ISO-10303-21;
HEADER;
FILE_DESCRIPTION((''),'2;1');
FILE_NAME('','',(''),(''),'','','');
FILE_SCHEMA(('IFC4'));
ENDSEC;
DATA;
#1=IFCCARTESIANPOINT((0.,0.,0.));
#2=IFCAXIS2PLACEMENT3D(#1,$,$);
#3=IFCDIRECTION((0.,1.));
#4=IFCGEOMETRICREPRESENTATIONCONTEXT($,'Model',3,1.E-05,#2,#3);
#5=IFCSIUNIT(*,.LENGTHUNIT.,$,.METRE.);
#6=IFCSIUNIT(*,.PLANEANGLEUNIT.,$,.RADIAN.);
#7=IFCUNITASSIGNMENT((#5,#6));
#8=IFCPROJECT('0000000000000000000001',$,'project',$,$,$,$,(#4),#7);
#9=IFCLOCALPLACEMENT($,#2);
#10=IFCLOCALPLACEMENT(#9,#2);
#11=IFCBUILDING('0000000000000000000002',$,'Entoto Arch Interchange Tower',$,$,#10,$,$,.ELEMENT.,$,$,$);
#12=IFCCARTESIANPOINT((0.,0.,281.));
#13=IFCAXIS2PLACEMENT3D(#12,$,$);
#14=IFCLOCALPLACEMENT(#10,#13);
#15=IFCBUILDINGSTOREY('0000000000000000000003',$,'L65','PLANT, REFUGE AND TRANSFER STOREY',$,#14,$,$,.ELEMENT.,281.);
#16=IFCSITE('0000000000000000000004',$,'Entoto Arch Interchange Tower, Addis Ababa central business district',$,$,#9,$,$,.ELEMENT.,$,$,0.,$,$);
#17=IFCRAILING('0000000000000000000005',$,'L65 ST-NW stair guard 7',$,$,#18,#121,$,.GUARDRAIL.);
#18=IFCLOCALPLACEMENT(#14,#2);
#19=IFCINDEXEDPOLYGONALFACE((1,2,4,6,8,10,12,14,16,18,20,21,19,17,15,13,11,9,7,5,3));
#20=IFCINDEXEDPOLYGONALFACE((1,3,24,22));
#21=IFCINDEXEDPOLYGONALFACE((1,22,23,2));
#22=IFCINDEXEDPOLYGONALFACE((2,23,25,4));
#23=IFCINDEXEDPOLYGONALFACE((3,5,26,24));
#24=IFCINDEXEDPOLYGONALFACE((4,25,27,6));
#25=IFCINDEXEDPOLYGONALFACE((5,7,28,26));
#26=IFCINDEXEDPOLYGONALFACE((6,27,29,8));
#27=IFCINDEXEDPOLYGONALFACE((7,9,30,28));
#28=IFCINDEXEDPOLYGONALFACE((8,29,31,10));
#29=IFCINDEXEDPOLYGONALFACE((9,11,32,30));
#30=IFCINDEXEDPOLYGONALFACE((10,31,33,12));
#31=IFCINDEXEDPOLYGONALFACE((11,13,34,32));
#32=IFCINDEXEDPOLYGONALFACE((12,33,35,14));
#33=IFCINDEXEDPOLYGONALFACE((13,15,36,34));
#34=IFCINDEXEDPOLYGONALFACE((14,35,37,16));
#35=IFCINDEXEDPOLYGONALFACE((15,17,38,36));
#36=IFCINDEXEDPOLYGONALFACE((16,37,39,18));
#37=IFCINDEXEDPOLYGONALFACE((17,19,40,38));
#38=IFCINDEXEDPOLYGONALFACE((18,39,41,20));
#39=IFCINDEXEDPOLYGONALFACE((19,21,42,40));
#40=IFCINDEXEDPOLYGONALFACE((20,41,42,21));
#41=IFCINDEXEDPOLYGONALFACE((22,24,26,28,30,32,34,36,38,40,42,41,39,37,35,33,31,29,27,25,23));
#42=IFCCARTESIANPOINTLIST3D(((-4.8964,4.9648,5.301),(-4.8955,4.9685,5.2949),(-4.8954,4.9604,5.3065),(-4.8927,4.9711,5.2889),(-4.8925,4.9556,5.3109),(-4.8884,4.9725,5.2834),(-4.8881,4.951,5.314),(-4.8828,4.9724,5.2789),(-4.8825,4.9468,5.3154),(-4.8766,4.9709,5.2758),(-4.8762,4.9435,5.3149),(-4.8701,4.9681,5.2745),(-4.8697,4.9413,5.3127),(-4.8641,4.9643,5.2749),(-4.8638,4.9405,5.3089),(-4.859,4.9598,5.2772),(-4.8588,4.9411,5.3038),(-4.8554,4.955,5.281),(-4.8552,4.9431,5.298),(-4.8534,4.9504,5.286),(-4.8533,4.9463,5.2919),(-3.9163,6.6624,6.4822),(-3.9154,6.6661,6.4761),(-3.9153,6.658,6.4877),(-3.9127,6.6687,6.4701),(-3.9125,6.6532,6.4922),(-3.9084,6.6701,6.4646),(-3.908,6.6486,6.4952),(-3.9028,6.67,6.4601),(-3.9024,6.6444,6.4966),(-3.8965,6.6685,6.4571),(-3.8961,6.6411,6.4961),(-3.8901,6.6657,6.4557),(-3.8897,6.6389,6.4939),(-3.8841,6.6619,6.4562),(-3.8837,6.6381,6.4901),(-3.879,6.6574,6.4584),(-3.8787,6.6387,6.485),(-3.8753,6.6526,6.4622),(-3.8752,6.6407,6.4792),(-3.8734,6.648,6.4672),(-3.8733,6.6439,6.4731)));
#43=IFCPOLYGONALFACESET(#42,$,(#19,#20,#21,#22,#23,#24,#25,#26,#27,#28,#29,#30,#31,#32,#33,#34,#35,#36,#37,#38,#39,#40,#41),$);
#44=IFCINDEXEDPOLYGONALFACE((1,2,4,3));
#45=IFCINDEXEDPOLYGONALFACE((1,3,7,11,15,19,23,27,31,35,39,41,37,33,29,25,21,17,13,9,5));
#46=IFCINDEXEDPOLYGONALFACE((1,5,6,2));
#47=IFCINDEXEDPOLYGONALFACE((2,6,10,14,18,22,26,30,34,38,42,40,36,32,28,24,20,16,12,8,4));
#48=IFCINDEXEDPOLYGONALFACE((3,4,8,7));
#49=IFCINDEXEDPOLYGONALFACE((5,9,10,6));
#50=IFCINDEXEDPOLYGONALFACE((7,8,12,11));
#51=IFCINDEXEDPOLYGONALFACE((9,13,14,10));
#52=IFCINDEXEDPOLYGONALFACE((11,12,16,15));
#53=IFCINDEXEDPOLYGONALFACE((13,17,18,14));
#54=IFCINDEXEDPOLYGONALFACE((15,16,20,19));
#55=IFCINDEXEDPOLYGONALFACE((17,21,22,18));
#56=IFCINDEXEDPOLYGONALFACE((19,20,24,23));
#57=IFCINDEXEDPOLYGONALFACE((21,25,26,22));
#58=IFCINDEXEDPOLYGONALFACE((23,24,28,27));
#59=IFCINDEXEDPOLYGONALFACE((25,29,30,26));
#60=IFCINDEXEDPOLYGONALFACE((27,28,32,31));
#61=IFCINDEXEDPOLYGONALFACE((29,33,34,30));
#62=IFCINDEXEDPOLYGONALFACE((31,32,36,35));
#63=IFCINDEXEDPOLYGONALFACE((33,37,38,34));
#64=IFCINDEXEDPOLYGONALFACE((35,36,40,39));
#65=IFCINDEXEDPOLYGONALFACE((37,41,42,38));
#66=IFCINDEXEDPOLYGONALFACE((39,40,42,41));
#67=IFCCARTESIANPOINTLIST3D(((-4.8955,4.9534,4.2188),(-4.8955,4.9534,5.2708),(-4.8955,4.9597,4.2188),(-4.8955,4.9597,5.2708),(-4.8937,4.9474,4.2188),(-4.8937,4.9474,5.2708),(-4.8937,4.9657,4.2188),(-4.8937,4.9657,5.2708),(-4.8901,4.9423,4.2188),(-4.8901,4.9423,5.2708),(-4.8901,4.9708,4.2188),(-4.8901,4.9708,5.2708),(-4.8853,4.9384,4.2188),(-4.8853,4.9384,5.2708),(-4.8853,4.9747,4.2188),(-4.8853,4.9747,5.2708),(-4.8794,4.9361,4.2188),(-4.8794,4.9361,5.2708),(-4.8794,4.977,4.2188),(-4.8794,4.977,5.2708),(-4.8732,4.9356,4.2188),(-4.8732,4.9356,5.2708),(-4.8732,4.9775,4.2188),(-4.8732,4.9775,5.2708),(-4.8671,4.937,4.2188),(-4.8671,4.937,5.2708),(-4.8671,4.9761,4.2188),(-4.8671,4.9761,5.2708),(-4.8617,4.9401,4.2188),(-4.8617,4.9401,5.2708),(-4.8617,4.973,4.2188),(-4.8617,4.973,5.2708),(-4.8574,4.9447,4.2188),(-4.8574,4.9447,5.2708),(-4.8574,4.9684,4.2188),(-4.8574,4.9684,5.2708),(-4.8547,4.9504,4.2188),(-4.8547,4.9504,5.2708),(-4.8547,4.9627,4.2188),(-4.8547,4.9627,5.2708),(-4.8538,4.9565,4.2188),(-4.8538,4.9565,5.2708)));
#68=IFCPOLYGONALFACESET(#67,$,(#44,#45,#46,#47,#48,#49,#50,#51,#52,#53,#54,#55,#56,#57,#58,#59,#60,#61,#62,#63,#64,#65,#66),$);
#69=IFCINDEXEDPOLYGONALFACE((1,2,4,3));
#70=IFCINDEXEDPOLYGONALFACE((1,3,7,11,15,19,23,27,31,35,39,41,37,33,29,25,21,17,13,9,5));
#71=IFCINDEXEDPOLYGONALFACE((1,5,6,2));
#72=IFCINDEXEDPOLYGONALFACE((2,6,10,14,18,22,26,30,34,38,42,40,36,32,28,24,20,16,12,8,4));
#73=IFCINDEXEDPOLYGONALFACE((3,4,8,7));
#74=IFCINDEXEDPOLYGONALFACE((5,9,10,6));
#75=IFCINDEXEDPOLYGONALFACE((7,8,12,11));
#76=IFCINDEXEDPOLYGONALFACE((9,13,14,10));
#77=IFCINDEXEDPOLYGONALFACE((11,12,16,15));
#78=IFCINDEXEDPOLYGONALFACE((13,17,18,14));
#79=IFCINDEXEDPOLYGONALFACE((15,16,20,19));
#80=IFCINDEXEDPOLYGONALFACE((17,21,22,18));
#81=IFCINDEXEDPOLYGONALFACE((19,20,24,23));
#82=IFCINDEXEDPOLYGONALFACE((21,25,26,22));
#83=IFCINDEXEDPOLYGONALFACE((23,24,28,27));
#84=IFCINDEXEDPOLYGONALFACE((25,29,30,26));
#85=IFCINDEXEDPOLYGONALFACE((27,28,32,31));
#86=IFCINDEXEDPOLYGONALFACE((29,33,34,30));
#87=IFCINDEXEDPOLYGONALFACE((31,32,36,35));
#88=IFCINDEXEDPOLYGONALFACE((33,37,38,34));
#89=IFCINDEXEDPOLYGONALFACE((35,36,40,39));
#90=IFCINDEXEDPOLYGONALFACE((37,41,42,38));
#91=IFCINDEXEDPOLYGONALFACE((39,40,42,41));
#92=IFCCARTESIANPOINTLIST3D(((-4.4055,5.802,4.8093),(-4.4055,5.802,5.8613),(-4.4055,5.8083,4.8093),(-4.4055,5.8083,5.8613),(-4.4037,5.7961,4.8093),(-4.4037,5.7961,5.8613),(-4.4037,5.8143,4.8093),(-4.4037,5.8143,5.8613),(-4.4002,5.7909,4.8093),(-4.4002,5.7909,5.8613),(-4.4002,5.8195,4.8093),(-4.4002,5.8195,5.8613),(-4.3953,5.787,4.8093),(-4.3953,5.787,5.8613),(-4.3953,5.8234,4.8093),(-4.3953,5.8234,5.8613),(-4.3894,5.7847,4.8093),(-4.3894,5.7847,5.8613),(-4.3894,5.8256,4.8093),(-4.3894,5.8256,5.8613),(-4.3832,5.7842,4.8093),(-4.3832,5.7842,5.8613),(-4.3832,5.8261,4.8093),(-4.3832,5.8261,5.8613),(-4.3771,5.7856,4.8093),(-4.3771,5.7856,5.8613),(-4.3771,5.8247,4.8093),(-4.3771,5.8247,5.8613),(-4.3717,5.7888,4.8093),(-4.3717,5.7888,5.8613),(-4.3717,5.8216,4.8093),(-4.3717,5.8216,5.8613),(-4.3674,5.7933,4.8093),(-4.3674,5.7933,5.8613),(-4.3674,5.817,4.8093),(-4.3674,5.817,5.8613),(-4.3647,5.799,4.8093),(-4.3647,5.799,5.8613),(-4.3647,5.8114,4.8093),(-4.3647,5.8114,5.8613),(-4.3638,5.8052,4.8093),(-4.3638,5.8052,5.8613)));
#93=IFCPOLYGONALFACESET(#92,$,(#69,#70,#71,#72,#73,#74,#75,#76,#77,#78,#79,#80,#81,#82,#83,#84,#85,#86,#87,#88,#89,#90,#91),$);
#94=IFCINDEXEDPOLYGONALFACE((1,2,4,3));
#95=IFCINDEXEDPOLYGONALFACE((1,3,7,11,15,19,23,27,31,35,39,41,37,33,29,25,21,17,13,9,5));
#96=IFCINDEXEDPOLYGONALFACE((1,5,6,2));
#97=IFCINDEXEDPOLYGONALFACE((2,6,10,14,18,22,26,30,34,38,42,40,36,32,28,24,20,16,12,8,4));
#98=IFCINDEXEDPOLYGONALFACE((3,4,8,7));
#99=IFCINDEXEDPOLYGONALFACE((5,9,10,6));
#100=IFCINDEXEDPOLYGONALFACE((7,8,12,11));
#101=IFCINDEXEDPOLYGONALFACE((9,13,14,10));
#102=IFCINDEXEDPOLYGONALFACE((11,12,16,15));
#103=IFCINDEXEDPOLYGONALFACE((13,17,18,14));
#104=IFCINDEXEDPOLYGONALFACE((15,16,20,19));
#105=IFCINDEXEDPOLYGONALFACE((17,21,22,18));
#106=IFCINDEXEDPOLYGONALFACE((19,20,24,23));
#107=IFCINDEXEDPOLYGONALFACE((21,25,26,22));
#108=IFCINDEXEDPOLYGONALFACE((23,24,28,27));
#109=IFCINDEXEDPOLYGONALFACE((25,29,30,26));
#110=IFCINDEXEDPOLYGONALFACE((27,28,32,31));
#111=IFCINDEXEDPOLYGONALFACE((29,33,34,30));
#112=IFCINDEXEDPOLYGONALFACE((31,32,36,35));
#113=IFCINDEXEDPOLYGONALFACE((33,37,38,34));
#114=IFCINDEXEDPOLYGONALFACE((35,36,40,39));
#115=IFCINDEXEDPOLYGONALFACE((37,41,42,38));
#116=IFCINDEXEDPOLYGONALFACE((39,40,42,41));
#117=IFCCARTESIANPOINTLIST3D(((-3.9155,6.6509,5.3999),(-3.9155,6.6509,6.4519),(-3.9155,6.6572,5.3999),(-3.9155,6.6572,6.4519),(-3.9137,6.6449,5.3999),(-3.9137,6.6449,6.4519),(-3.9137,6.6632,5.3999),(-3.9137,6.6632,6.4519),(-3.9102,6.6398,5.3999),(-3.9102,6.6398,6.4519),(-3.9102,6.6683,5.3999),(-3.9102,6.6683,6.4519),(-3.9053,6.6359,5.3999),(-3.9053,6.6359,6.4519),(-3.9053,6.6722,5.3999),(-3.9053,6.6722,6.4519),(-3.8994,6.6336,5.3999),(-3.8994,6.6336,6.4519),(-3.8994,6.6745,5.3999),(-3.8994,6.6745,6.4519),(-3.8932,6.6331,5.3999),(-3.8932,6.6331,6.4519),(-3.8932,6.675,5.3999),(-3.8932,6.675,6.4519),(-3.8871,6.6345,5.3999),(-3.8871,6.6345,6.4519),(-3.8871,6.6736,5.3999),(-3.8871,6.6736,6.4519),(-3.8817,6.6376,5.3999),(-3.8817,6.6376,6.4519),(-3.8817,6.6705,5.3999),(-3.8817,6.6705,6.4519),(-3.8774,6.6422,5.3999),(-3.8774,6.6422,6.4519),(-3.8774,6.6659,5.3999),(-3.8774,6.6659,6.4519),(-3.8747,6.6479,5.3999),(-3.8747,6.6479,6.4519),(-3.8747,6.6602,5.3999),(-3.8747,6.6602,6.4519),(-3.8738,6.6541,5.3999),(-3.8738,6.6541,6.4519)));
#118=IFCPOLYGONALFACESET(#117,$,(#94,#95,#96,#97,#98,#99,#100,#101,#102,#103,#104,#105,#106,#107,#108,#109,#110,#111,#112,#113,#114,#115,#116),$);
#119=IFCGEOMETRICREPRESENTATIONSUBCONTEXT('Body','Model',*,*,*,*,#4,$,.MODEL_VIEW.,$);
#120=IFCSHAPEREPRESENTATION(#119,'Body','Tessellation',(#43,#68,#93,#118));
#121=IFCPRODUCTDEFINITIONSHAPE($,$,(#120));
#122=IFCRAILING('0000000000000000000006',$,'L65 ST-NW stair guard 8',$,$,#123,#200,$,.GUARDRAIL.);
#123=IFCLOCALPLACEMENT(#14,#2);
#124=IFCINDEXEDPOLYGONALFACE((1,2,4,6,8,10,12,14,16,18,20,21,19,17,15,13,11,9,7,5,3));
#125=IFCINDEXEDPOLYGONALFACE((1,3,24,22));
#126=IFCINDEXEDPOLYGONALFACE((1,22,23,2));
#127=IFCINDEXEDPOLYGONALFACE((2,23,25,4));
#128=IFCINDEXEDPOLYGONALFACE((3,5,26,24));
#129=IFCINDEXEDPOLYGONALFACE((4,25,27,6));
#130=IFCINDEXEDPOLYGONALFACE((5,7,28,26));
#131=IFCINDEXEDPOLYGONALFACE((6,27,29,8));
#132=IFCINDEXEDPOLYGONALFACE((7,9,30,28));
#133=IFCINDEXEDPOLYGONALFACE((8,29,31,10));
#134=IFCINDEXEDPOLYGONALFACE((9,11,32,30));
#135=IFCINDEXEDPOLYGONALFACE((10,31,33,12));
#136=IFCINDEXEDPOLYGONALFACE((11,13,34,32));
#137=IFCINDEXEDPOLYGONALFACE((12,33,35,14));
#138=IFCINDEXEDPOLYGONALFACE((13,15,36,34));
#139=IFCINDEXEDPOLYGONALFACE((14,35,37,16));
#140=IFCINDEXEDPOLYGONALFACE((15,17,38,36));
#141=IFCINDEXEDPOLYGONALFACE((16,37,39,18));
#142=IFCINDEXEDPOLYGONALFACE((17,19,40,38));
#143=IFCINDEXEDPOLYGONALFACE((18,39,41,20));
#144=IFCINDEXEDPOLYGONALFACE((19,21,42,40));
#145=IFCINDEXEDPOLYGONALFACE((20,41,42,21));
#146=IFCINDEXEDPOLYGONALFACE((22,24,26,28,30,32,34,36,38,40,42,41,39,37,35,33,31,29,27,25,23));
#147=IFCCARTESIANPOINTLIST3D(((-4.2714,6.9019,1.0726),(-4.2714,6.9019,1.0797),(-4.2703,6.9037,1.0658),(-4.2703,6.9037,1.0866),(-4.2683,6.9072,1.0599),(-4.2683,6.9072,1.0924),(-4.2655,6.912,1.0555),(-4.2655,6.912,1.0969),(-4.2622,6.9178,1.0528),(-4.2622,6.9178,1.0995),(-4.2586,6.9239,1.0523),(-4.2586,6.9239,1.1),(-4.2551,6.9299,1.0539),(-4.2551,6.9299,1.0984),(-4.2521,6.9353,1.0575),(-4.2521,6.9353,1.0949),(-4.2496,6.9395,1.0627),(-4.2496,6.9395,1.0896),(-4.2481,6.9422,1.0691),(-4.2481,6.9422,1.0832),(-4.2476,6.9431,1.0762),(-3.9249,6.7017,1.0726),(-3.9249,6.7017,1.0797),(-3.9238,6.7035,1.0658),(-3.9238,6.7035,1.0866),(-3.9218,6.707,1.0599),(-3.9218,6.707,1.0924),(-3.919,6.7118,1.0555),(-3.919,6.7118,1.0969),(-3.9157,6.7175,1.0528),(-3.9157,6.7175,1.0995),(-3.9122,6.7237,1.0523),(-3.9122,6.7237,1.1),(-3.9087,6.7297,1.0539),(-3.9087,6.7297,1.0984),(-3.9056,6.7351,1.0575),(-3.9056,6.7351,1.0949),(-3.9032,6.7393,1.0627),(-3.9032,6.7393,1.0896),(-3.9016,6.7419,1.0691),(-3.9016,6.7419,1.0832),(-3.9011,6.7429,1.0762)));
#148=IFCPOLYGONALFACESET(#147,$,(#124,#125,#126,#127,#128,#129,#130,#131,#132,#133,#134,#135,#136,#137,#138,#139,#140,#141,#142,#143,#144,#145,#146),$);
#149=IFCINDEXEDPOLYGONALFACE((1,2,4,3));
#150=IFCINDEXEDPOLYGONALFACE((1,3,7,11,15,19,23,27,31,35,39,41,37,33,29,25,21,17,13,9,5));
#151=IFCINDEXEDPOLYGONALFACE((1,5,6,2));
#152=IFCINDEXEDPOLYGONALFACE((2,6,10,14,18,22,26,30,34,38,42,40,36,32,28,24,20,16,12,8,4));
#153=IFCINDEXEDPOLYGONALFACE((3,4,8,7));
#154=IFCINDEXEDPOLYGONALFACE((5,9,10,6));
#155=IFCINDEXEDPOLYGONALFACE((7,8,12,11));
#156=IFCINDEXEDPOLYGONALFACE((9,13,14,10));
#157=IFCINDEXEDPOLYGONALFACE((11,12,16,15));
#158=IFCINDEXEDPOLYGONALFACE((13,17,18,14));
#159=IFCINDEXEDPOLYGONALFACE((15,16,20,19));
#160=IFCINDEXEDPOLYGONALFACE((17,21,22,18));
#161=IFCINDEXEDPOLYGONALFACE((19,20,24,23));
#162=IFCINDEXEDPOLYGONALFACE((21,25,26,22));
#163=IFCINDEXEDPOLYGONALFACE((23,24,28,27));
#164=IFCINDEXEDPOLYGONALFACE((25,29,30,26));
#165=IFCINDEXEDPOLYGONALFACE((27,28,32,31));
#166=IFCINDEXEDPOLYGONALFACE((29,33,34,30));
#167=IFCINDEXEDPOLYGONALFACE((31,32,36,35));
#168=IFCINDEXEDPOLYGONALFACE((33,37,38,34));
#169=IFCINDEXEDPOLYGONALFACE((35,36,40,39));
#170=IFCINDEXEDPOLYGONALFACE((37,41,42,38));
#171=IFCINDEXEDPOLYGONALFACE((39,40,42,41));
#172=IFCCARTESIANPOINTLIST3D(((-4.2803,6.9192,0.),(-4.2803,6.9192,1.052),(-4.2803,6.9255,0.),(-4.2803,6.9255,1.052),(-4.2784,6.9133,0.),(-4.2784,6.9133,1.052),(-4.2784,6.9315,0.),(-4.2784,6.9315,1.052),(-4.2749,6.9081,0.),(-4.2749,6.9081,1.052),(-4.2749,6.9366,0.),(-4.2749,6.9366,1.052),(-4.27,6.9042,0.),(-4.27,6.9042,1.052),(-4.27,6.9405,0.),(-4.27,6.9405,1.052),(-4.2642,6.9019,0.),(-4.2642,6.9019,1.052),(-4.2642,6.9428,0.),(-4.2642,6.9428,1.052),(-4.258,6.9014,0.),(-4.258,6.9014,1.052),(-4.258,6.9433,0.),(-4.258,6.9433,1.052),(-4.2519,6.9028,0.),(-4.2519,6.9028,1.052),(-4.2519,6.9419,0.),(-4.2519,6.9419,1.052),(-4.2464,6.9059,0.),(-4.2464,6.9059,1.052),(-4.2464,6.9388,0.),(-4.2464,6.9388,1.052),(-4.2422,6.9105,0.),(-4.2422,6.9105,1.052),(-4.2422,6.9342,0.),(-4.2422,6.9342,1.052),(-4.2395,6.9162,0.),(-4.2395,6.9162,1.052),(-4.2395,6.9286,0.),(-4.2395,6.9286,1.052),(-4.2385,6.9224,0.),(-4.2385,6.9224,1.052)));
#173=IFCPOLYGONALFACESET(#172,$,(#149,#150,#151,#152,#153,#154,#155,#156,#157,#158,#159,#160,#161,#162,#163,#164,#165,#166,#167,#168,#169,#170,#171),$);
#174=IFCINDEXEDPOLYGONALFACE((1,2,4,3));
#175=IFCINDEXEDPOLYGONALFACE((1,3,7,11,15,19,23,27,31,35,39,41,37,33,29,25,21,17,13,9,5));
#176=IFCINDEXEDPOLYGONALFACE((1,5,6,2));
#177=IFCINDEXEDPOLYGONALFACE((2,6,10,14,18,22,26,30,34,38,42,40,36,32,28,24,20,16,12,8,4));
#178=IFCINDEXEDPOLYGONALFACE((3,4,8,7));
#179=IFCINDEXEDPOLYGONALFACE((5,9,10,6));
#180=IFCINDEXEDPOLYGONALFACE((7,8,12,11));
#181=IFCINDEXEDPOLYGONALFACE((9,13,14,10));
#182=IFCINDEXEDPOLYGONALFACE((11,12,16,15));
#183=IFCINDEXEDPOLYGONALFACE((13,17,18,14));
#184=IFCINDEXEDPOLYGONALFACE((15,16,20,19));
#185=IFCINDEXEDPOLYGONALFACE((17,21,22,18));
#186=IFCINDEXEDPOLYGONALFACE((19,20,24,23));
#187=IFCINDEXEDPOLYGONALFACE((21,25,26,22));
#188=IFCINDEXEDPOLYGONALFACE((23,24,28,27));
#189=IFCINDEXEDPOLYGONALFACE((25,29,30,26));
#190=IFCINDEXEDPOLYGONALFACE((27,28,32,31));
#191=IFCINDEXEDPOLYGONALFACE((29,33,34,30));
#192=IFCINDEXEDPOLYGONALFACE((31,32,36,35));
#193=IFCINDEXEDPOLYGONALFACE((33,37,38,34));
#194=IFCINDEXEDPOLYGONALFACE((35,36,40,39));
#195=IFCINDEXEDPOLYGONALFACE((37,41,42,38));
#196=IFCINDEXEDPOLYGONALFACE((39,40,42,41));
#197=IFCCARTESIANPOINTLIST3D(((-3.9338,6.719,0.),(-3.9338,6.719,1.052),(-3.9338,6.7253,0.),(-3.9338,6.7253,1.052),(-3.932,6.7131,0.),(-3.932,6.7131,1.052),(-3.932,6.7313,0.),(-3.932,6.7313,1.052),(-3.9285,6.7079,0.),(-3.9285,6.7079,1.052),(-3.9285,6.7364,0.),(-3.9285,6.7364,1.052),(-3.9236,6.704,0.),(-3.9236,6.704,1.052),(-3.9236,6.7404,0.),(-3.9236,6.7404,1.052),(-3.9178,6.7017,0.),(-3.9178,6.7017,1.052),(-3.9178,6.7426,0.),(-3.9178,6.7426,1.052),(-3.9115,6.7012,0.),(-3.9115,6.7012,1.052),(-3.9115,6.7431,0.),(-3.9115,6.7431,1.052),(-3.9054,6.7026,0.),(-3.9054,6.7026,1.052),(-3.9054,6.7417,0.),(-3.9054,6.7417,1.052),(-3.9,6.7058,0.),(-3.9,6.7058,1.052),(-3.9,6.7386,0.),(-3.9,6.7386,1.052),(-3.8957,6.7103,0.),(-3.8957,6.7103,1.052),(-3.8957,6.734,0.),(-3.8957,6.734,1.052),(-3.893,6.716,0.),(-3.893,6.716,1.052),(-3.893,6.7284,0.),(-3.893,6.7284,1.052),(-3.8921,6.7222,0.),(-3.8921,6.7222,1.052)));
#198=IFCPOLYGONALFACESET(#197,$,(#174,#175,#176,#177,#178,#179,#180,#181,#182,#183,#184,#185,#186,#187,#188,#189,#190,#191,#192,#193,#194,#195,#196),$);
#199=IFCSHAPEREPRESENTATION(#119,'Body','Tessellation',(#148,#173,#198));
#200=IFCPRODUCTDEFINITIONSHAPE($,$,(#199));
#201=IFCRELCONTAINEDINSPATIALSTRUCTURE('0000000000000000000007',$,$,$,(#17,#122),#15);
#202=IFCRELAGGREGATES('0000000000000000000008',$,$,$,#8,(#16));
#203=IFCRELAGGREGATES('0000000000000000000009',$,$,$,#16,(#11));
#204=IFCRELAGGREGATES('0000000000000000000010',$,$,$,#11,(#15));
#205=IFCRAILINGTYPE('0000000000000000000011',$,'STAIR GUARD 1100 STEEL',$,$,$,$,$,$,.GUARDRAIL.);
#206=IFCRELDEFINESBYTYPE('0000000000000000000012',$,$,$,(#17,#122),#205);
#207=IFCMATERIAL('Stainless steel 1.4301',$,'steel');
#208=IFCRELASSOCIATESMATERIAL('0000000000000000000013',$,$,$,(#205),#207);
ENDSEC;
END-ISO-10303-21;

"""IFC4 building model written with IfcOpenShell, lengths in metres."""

from ifc_helpers import new_model, si_unit, direction, frame, origin, origin_2d, place, context, subcontext, project, spatial, circle, extrude, material, type_object, element, save


model = new_model("IFC4")

# Units and contexts
model_context = context("Model", 3, precision=1e-05, world=origin(), true_north=direction((0.0, 1.0)))
body_context = subcontext(model_context, "Body", "Model", "MODEL_VIEW")
ifc_project = project(units=[si_unit("LENGTHUNIT", "METRE"), si_unit("PLANEANGLEUNIT", "RADIAN")], contexts=[model_context])

# Site, building, storey
site_placement = place(None, origin())
site = spatial("IfcSite", under=ifc_project, at=site_placement, Name="Entoto Arch Interchange Tower, Addis Ababa central business district", CompositionType="ELEMENT", RefElevation=0.0)
building_placement = place(site_placement, origin())
building = spatial("IfcBuilding", under=site, at=building_placement, Name="Entoto Arch Interchange Tower", CompositionType="ELEMENT")
storey_placement = place(building_placement, frame((0.0, 0.0, 281.0)))
storey = spatial("IfcBuildingStorey", under=building, at=storey_placement, Name="L65", Description="PLANT, REFUGE AND TRANSFER STOREY", CompositionType="ELEMENT", Elevation=281.0)

# Railings
ifc_material_1 = material(Name="Stainless steel 1.4301", Category="steel")
railing_type_1 = type_object("IfcRailingType", Name="STAIR GUARD 1100 STEEL", PredefinedType="GUARDRAIL", material=ifc_material_1)
railing_1_placement = place(storey_placement, frame((-4.8748, 4.9565, 4.2188)))
element("IfcRailing", 1, at=railing_1_placement, inside=storey, type_object=railing_type_1, Name="L65 ST-NW stair guard 7", PredefinedType="GUARDRAIL", context=body_context, shape_type="SweptSolid", body=[
    extrude(circle(Radius=0.0239, at=origin_2d()), frame((0.0, 0.0, 1.0762), z_axis=(0.428228, 0.741771, 0.516135), x_axis=(-0.866042, 0.49997, 0.0)), (0.0, 0.0, 1.0), 2.2886),
    extrude(circle(Radius=0.021, at=origin_2d()), origin(), (0.0, 0.0, 1.0), 1.052),
    extrude(circle(Radius=0.021, at=origin_2d()), frame((0.49, 0.8486, 0.5906)), (0.0, 0.0, 1.0), 1.052),
    extrude(circle(Radius=0.021, at=origin_2d()), frame((0.98, 1.6975, 1.1812)), (0.0, 0.0, 1.0), 1.052),
])
railing_2_placement = place(storey_placement, frame((-4.2595, 6.9224, 0.0)))
element("IfcRailing", 2, at=railing_2_placement, inside=storey, type_object=railing_type_1, Name="L65 ST-NW stair guard 8", PredefinedType="GUARDRAIL", context=body_context, shape_type="SweptSolid", body=[
    extrude(circle(Radius=0.0239, at=origin_2d()), frame((0.0, 0.0, 1.0762), z_axis=(0.86583, -0.500339, 0.0), x_axis=(0.500339, 0.86583, 0.0)), (0.0, 0.0, 1.0), 0.4001),
    extrude(circle(Radius=0.021, at=origin_2d()), origin(), (0.0, 0.0, 1.0), 1.052),
    extrude(circle(Radius=0.021, at=origin_2d()), frame((0.3464, -0.2002, 0.0)), (0.0, 0.0, 1.0), 1.052),
])

save(model, "model.ifc")
